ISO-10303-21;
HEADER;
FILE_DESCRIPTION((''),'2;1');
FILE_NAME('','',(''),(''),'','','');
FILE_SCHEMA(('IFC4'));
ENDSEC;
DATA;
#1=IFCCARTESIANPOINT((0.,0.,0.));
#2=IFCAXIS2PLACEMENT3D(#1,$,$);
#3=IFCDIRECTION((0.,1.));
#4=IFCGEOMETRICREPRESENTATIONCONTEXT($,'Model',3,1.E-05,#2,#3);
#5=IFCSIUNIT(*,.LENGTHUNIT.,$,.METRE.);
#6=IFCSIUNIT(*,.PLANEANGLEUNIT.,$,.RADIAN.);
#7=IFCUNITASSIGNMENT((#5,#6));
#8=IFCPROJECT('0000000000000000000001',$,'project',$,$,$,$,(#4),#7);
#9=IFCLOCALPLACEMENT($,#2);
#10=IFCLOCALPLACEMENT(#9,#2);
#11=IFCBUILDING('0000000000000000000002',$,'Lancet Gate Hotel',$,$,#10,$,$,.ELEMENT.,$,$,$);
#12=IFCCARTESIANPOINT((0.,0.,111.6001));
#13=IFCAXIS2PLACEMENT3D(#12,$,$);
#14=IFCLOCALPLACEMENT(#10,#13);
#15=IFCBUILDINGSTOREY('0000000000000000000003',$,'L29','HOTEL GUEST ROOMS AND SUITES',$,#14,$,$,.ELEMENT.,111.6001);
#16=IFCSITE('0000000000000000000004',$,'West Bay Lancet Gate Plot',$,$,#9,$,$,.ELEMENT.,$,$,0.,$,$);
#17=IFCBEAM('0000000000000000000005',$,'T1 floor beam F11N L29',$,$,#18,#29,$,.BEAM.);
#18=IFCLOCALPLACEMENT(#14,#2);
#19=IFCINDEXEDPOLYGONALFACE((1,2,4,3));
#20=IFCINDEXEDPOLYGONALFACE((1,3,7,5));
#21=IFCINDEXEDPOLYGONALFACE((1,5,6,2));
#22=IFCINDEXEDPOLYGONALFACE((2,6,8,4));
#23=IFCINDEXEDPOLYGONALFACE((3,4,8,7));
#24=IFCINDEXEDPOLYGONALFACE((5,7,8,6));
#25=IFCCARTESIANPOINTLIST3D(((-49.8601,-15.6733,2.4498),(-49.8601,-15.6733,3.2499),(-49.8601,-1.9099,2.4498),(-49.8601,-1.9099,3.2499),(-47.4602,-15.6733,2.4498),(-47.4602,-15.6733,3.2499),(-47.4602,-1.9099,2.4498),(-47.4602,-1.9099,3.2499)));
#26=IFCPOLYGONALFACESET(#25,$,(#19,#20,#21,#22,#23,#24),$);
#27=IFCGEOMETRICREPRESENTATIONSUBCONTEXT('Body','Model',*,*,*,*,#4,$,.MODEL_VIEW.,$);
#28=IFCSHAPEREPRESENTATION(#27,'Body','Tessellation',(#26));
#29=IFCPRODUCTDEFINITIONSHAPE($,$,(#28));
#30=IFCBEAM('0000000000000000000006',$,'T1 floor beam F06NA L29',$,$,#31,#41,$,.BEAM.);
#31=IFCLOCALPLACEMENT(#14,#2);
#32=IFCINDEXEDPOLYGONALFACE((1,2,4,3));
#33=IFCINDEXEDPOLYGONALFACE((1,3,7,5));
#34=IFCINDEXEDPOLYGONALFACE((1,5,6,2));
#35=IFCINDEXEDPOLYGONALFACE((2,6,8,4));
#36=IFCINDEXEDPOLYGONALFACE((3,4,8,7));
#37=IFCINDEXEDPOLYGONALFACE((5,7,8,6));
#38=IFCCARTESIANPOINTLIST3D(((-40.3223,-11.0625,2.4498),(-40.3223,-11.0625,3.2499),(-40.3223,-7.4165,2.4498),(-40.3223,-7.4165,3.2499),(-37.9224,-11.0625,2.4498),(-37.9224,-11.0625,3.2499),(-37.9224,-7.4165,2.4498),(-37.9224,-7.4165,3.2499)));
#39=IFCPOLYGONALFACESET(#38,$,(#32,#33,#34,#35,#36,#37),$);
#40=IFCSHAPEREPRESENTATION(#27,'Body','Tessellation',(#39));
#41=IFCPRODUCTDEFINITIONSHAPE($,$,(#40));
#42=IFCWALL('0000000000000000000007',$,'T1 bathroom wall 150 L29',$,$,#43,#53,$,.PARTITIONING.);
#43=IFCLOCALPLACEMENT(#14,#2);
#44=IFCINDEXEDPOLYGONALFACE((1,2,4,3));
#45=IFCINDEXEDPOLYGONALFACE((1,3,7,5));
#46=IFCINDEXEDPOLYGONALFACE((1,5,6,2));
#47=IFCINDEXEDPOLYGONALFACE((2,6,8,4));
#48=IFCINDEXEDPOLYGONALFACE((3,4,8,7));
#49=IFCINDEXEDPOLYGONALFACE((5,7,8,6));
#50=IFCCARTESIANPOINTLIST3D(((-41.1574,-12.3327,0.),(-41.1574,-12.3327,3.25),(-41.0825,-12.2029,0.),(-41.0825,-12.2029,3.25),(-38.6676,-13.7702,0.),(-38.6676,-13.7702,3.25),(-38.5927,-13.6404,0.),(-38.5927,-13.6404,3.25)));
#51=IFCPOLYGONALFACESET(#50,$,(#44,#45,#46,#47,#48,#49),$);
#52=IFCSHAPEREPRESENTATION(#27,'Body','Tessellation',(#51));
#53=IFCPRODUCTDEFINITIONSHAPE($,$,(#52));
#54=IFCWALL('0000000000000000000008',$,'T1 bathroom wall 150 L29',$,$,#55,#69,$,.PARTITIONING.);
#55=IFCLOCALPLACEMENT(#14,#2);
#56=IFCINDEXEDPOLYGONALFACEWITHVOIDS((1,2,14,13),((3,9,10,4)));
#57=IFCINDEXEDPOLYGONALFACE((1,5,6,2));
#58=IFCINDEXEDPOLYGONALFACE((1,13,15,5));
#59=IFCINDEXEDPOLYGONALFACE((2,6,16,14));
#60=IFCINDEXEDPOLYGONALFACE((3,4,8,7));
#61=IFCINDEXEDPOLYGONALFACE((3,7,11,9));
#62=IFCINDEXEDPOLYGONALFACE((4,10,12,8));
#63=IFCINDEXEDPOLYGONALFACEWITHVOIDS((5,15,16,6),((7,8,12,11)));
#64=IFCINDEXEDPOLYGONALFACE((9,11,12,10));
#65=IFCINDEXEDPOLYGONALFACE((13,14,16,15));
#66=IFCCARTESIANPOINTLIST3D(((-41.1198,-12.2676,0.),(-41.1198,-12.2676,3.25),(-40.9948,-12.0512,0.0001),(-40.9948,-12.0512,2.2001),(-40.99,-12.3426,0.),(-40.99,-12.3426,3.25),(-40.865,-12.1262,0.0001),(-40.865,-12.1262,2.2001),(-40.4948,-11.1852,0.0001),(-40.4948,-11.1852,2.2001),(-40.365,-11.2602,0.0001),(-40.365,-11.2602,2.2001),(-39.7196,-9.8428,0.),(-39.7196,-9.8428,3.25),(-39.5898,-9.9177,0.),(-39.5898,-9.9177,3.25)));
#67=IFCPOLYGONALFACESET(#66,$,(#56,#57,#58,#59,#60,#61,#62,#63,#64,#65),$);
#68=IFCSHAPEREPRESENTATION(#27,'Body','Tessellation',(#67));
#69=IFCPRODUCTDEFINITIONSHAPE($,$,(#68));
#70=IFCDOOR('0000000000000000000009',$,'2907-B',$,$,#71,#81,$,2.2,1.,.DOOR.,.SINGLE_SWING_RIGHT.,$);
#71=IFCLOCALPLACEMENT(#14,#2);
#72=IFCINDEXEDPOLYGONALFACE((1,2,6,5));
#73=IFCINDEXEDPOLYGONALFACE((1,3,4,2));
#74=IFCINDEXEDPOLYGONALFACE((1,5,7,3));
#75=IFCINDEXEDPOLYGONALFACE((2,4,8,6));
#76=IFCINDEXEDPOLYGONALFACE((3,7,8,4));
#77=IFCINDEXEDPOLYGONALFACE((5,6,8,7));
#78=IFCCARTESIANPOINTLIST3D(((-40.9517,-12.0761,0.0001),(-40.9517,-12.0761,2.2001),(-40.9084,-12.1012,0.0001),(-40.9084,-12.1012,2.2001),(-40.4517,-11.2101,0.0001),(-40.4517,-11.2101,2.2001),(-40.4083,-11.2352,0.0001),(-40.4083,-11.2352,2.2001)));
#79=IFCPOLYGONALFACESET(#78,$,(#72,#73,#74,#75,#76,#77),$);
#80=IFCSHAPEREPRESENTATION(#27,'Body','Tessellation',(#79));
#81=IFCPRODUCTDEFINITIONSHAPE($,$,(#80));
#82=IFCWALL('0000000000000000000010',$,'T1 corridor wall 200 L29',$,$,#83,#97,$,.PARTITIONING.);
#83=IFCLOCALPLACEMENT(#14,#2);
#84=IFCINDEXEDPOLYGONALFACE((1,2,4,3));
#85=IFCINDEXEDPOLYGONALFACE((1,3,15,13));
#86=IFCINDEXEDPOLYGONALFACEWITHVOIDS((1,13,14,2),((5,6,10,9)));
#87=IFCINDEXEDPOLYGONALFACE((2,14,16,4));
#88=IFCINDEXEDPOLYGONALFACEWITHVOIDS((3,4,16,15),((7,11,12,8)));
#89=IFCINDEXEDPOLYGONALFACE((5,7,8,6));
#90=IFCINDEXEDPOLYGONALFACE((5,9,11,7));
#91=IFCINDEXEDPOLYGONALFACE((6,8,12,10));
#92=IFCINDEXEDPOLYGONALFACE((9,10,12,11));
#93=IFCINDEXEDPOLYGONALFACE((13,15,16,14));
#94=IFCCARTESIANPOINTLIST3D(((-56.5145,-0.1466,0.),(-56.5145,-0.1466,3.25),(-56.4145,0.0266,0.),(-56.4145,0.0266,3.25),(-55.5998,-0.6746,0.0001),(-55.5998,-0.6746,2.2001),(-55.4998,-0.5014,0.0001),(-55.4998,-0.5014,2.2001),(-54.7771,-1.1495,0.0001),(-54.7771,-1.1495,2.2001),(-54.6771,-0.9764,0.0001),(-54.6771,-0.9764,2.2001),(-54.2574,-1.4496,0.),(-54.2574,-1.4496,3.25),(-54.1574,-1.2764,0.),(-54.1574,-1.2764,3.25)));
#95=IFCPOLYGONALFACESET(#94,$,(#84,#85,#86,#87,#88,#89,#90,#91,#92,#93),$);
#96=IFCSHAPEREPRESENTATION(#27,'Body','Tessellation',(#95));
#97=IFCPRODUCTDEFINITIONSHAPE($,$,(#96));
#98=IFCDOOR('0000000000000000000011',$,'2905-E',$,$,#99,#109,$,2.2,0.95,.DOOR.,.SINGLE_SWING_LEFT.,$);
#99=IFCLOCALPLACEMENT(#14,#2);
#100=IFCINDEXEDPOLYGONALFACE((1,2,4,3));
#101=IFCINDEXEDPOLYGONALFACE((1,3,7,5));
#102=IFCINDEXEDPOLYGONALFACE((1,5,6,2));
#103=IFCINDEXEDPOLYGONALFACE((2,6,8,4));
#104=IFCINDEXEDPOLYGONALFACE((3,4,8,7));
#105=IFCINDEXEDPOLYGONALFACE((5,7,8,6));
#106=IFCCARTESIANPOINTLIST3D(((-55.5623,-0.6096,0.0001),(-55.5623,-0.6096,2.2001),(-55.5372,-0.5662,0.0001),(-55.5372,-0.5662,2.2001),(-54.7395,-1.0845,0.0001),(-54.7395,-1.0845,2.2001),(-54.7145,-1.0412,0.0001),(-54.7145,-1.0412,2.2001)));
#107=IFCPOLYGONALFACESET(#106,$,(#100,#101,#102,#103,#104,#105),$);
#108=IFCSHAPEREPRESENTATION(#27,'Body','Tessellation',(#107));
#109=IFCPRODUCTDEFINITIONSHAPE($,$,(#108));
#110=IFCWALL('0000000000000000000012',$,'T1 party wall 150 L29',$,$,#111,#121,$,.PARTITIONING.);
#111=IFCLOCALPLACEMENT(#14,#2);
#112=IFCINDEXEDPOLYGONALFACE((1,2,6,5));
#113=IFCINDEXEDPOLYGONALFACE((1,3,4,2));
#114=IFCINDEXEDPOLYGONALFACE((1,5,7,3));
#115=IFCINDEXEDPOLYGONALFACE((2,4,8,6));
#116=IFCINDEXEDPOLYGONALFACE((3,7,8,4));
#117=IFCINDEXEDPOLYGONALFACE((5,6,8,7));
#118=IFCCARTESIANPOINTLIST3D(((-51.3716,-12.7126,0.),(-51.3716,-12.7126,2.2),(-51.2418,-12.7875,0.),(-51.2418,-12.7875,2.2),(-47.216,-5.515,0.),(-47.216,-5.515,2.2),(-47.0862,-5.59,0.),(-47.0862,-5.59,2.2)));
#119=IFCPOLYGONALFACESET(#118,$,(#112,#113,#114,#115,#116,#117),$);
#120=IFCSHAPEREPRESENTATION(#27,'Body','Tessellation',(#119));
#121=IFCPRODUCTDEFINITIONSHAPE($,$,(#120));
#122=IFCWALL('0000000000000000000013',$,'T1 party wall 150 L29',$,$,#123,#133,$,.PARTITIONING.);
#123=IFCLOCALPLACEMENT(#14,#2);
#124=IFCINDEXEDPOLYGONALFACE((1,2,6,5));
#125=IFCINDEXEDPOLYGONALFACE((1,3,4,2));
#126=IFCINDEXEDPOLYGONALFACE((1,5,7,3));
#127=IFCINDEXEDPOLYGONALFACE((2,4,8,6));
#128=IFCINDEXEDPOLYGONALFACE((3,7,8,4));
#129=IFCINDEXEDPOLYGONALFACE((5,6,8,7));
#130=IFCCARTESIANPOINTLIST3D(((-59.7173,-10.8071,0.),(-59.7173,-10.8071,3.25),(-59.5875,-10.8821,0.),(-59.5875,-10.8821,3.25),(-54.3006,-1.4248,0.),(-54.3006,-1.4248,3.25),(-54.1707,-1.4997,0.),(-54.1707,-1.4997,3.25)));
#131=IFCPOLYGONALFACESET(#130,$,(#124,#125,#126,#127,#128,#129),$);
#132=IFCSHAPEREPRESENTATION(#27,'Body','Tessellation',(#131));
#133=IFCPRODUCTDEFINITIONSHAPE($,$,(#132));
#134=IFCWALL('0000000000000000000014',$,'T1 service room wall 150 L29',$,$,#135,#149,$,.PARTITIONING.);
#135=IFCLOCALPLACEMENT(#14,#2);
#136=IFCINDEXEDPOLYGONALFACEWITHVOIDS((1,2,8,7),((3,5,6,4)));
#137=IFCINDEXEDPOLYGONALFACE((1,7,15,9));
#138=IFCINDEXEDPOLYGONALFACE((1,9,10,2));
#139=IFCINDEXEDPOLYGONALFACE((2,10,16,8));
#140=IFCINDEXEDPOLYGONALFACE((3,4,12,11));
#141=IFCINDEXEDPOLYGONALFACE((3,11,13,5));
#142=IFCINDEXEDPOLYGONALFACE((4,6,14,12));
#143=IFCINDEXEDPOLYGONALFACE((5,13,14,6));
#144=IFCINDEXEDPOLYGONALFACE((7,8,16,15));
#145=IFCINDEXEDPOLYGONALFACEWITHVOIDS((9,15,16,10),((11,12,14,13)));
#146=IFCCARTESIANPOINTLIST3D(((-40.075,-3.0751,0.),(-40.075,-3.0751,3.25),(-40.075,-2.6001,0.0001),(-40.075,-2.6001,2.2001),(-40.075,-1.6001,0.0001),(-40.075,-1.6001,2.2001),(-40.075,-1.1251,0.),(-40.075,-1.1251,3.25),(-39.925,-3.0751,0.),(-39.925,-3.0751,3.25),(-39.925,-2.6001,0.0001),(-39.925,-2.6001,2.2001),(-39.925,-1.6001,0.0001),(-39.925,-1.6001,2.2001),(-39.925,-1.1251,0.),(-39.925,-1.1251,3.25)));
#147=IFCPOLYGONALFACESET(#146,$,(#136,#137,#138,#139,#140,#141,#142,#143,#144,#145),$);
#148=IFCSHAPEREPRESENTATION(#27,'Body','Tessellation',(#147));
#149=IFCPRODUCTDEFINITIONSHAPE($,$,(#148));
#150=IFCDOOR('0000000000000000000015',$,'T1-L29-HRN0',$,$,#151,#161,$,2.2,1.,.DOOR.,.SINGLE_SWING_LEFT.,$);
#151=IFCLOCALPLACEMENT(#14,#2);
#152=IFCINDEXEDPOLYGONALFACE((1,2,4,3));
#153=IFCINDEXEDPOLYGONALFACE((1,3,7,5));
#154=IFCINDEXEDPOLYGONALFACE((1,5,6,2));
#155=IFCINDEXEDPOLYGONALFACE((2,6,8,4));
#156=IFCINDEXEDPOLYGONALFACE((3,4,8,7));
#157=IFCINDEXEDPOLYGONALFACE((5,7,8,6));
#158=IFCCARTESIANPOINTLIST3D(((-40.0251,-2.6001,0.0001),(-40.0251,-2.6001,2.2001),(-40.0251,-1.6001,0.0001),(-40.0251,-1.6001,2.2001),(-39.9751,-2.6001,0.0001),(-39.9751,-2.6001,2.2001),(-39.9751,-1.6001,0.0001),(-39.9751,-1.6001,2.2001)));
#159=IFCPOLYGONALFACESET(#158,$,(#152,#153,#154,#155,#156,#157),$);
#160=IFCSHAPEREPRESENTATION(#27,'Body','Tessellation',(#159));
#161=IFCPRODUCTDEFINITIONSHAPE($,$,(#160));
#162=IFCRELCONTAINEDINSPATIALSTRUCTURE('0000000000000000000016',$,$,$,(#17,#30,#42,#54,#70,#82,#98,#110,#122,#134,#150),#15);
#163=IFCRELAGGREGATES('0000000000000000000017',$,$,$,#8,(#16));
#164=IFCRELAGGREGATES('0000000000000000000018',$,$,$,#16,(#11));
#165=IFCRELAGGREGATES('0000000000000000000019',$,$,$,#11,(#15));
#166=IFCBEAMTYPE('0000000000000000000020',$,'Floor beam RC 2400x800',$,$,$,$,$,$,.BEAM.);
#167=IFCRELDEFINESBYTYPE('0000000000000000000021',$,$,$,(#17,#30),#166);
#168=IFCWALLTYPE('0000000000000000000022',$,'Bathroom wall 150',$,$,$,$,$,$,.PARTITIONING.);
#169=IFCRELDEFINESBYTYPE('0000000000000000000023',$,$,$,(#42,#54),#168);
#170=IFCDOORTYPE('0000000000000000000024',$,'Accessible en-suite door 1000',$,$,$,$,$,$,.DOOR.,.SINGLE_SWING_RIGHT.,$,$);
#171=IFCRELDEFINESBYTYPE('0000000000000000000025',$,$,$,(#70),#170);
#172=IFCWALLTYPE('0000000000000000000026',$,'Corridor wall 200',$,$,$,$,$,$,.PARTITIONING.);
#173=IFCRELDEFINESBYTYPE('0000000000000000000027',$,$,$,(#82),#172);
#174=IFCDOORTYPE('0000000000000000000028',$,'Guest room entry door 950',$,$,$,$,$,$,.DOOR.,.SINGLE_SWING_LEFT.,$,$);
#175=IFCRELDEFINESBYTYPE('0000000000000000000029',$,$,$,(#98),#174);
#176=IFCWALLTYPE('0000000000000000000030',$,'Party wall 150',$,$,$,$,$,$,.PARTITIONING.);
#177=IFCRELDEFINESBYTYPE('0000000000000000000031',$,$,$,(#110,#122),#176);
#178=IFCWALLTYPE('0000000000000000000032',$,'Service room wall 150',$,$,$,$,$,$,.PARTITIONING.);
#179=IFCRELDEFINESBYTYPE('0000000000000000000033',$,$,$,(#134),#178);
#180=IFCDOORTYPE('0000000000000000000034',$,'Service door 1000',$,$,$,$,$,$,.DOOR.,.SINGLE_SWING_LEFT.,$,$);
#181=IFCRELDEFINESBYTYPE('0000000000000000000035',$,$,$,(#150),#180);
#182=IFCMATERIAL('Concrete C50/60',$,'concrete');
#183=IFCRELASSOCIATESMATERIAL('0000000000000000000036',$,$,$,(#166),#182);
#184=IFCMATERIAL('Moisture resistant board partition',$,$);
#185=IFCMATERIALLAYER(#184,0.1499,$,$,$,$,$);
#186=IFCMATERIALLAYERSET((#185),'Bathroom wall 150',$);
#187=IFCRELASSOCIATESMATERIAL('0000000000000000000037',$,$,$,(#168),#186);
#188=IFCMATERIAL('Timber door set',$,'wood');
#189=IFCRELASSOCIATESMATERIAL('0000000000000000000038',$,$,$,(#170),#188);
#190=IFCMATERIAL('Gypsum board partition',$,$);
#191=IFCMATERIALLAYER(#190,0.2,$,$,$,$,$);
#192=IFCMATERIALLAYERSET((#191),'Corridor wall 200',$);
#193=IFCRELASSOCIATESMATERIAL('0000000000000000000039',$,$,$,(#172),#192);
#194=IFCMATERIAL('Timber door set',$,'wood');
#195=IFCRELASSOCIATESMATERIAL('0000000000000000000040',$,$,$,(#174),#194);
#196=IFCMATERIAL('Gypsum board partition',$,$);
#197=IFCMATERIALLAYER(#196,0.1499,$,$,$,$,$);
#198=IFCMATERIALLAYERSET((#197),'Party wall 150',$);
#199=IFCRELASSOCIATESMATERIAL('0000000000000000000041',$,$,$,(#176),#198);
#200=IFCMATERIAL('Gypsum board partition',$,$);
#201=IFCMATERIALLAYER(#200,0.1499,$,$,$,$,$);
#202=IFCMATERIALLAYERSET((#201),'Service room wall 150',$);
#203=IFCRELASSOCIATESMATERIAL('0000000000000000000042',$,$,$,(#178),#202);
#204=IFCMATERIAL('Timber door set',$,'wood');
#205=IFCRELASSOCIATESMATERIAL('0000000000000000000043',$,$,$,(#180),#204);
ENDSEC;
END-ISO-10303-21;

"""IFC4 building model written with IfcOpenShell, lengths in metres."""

from ifc_helpers import new_model, si_unit, direction, frame, frame_2d, origin, origin_2d, place, context, subcontext, project, spatial, rectangle, extrude, material, layer, layer_set, material_profile, profile_set, type_object, element, fill, save


model = new_model("IFC4")

# Units and contexts
model_context = context("Model", 3, precision=1e-05, world=origin(), true_north=direction((0.0, 1.0)))
body_context = subcontext(model_context, "Body", "Model", "MODEL_VIEW")
ifc_project = project(units=[si_unit("LENGTHUNIT", "METRE"), si_unit("PLANEANGLEUNIT", "RADIAN")], contexts=[model_context])

# Site, building, storey
site_placement = place(None, origin())
site = spatial("IfcSite", under=ifc_project, at=site_placement, Name="West Bay Lancet Gate Plot", CompositionType="ELEMENT", RefElevation=0.0)
building_placement = place(site_placement, origin())
building = spatial("IfcBuilding", under=site, at=building_placement, Name="Lancet Gate Hotel", CompositionType="ELEMENT")
storey_placement = place(building_placement, frame((0.0, 0.0, 111.6001)))
storey = spatial("IfcBuildingStorey", under=building, at=storey_placement, Name="L29", Description="HOTEL GUEST ROOMS AND SUITES", CompositionType="ELEMENT", Elevation=111.6001)

# Beams
ifc_material_1 = material(Name="Concrete C50/60", Category="concrete")
ifc_material_profile_1 = material_profile(ifc_material_1, rectangle(XDim=2.3999, YDim=0.8, at=origin_2d()), Name="RC 2400x800")
ifc_profile_set_1 = profile_set([ifc_material_profile_1], Name="Concrete C50/60")
beam_type_1 = type_object("IfcBeamType", Name="Floor beam RC 2400x800", PredefinedType="BEAM", material=ifc_profile_set_1)
beam_1_placement = place(storey_placement, frame((-48.6602, -1.9099, 2.8499), z_axis=(0.0, -1.0, 0.0), x_axis=(1.0, 0.0, 0.0)))
element("IfcBeam", 1, at=beam_1_placement, inside=storey, type_object=beam_type_1, Name="T1 floor beam F11N L29", PredefinedType="BEAM", context=body_context, shape_type="SweptSolid", body=[
    extrude(rectangle(XDim=2.3999, YDim=0.8, at=origin_2d()), origin(), (0.0, 0.0, 1.0), 13.7634),
])
beam_2_placement = place(storey_placement, frame((-39.1223, -7.4165, 2.8499), z_axis=(0.0, -1.0, 0.0), x_axis=(1.0, 0.0, 0.0)))
element("IfcBeam", 2, at=beam_2_placement, inside=storey, type_object=beam_type_1, Name="T1 floor beam F06NA L29", PredefinedType="BEAM", context=body_context, shape_type="SweptSolid", body=[
    extrude(rectangle(XDim=2.3999, YDim=0.8, at=origin_2d()), origin(), (0.0, 0.0, 1.0), 3.646),
])

# Wall
ifc_material_2 = material(Name="Moisture resistant board partition")
ifc_layer_1 = layer(ifc_material_2, 0.1499)
ifc_layer_set_1 = layer_set([ifc_layer_1], Name="Bathroom wall 150")
wall_type_1 = type_object("IfcWallType", Name="Bathroom wall 150", PredefinedType="PARTITIONING", material=ifc_layer_set_1)
wall_1_placement = place(storey_placement, frame((-38.6301, -13.7053, 0.0), z_axis=(0.0, 0.0, 1.0), x_axis=(-0.866019, 0.500012, 0.0)))
element("IfcWall", 3, at=wall_1_placement, inside=storey, type_object=wall_type_1, Name="T1 bathroom wall 150 L29", PredefinedType="PARTITIONING", context=body_context, shape_type="SweptSolid", body=[
    extrude(rectangle(XDim=2.875, YDim=0.1499, at=frame_2d((1.4375, 0.0))), origin(), (0.0, 0.0, 1.0), 3.25),
])

# Walls, openings, doors
wall_2_placement = place(storey_placement, frame((-39.6548, -9.8804, 0.0), z_axis=(0.0, 0.0, 1.0), x_axis=(-0.50005, -0.865997, 0.0)))
wall_2 = element("IfcWall", 4, at=wall_2_placement, inside=storey, type_object=wall_type_1, Name="T1 bathroom wall 150 L29", PredefinedType="PARTITIONING", context=body_context, shape_type="SweptSolid", body=[
    extrude(rectangle(XDim=2.8, YDim=0.1499, at=frame_2d((1.3999, 0.0))), origin(), (0.0, 0.0, 1.0), 3.25),
])
opening_1_placement = place(wall_2_placement, frame((1.55, 0.0, 0.0)))
opening_1 = element("IfcOpeningElement", 5, at=opening_1_placement, cuts=wall_2, PredefinedType="OPENING", context=body_context, shape_type="SweptSolid", body=[
    extrude(rectangle(XDim=1.0, YDim=2.2, at=frame_2d((0.5, 1.1001))), frame((0.0, 0.085, 0.0), z_axis=(0.0, -1.0, 0.0), x_axis=(1.0, 0.0, 0.0)), (0.0, 0.0, 1.0), 0.1699),
])
ifc_material_3 = material(Name="Timber door set", Category="wood")
door_type_1 = type_object("IfcDoorType", Name="Accessible en-suite door 1000", OperationType="SINGLE_SWING_RIGHT", PredefinedType="DOOR", material=ifc_material_3)
door_1_placement = place(opening_1_placement, origin())
door_1 = element("IfcDoor", 6, at=door_1_placement, inside=storey, type_object=door_type_1, Name="2907-B", OperationType="SINGLE_SWING_RIGHT", OverallHeight=2.2, OverallWidth=1.0, PredefinedType="DOOR", context=body_context, shape_type="SweptSolid", body=[
    extrude(rectangle(XDim=1.0, YDim=2.2, at=frame_2d((0.5, 1.1001))), frame((0.0, 0.0249, 0.0), z_axis=(0.0, -1.0, 0.0), x_axis=(1.0, 0.0, 0.0)), (0.0, 0.0, 1.0), 0.05),
])
fill(opening_1, door_1)
ifc_material_4 = material(Name="Gypsum board partition")
ifc_layer_2 = layer(ifc_material_4, 0.2)
ifc_layer_set_2 = layer_set([ifc_layer_2], Name="Corridor wall 200")
wall_type_2 = type_object("IfcWallType", Name="Corridor wall 200", PredefinedType="PARTITIONING", material=ifc_layer_set_2)
wall_3_placement = place(storey_placement, frame((-54.2073, -1.363, 0.0), z_axis=(0.0, 0.0, 1.0), x_axis=(-0.86605, 0.499958, 0.0)))
wall_3 = element("IfcWall", 7, at=wall_3_placement, inside=storey, type_object=wall_type_2, Name="T1 corridor wall 200 L29", PredefinedType="PARTITIONING", context=body_context, shape_type="SweptSolid", body=[
    extrude(rectangle(XDim=2.6062, YDim=0.2, at=frame_2d((1.3032, 0.0))), origin(), (0.0, 0.0, 1.0), 3.25),
])
opening_2_placement = place(wall_3_placement, frame((0.6001, 0.0, 0.0)))
opening_2 = element("IfcOpeningElement", 8, at=opening_2_placement, cuts=wall_3, PredefinedType="OPENING", context=body_context, shape_type="SweptSolid", body=[
    extrude(rectangle(XDim=0.95, YDim=2.2, at=frame_2d((0.4751, 1.1001))), frame((0.0, 0.1099, 0.0), z_axis=(0.0, -1.0, 0.0), x_axis=(1.0, 0.0, 0.0)), (0.0, 0.0, 1.0), 0.22),
])
ifc_material_5 = material(Name="Timber door set", Category="wood")
door_type_2 = type_object("IfcDoorType", Name="Guest room entry door 950", OperationType="SINGLE_SWING_LEFT", PredefinedType="DOOR", material=ifc_material_5)
door_2_placement = place(opening_2_placement, origin())
door_2 = element("IfcDoor", 9, at=door_2_placement, inside=storey, type_object=door_type_2, Name="2905-E", OperationType="SINGLE_SWING_LEFT", OverallHeight=2.2, OverallWidth=0.95, PredefinedType="DOOR", context=body_context, shape_type="SweptSolid", body=[
    extrude(rectangle(XDim=0.95, YDim=2.2, at=frame_2d((0.4751, 1.1001))), frame((0.0, 0.0249, 0.0), z_axis=(0.0, -1.0, 0.0), x_axis=(1.0, 0.0, 0.0)), (0.0, 0.0, 1.0), 0.05),
])
fill(opening_2, door_2)

# Walls
ifc_material_6 = material(Name="Gypsum board partition")
ifc_layer_3 = layer(ifc_material_6, 0.1499)
ifc_layer_set_3 = layer_set([ifc_layer_3], Name="Party wall 150")
wall_type_3 = type_object("IfcWallType", Name="Party wall 150", PredefinedType="PARTITIONING", material=ifc_layer_set_3)
wall_4_placement = place(storey_placement, frame((-47.1511, -5.5525, 0.0), z_axis=(0.0, 0.0, 1.0), x_axis=(-0.500003, -0.866024, 0.0)))
element("IfcWall", 10, at=wall_4_placement, inside=storey, type_object=wall_type_3, Name="T1 party wall 150 L29", PredefinedType="PARTITIONING", context=body_context, shape_type="SweptSolid", body=[
    extrude(rectangle(XDim=8.311, YDim=0.1499, at=frame_2d((4.1555, 0.0))), origin(), (0.0, 0.0, 1.0), 2.2),
])
wall_5_placement = place(storey_placement, frame((-54.2356, -1.4622, 0.0), z_axis=(0.0, 0.0, 1.0), x_axis=(-0.49999, -0.866031, 0.0)))
element("IfcWall", 11, at=wall_5_placement, inside=storey, type_object=wall_type_3, Name="T1 party wall 150 L29", PredefinedType="PARTITIONING", context=body_context, shape_type="SweptSolid", body=[
    extrude(rectangle(XDim=10.8337, YDim=0.1499, at=frame_2d((5.417, 0.0))), origin(), (0.0, 0.0, 1.0), 3.25),
])

# Wall, opening, door
ifc_material_7 = material(Name="Gypsum board partition")
ifc_layer_4 = layer(ifc_material_7, 0.1499)
ifc_layer_set_4 = layer_set([ifc_layer_4], Name="Service room wall 150")
wall_type_4 = type_object("IfcWallType", Name="Service room wall 150", PredefinedType="PARTITIONING", material=ifc_layer_set_4)
wall_6_placement = place(storey_placement, frame((-40.0, -1.125, 0.0), z_axis=(0.0, 0.0, 1.0), x_axis=(0.0, -1.0, 0.0)))
wall_6 = element("IfcWall", 12, at=wall_6_placement, inside=storey, type_object=wall_type_4, Name="T1 service room wall 150 L29", PredefinedType="PARTITIONING", context=body_context, shape_type="SweptSolid", body=[
    extrude(rectangle(XDim=1.95, YDim=0.1499, at=frame_2d((0.9751, 0.0))), origin(), (0.0, 0.0, 1.0), 3.25),
])
opening_3_placement = place(wall_6_placement, frame((0.4751, 0.0, 0.0)))
opening_3 = element("IfcOpeningElement", 13, at=opening_3_placement, cuts=wall_6, PredefinedType="OPENING", context=body_context, shape_type="SweptSolid", body=[
    extrude(rectangle(XDim=1.0, YDim=2.2, at=frame_2d((0.5, 1.1001))), frame((0.0, 0.085, 0.0), z_axis=(0.0, -1.0, 0.0), x_axis=(1.0, 0.0, 0.0)), (0.0, 0.0, 1.0), 0.1699),
])
ifc_material_8 = material(Name="Timber door set", Category="wood")
door_type_3 = type_object("IfcDoorType", Name="Service door 1000", OperationType="SINGLE_SWING_LEFT", PredefinedType="DOOR", material=ifc_material_8)
door_3_placement = place(opening_3_placement, origin())
door_3 = element("IfcDoor", 14, at=door_3_placement, inside=storey, type_object=door_type_3, Name="T1-L29-HRN0", OperationType="SINGLE_SWING_LEFT", OverallHeight=2.2, OverallWidth=1.0, PredefinedType="DOOR", context=body_context, shape_type="SweptSolid", body=[
    extrude(rectangle(XDim=1.0, YDim=2.2, at=frame_2d((0.5, 1.1001))), frame((0.0, 0.0249, 0.0), z_axis=(0.0, -1.0, 0.0), x_axis=(1.0, 0.0, 0.0)), (0.0, 0.0, 1.0), 0.05),
])
fill(opening_3, door_3)

save(model, "model.ifc")
